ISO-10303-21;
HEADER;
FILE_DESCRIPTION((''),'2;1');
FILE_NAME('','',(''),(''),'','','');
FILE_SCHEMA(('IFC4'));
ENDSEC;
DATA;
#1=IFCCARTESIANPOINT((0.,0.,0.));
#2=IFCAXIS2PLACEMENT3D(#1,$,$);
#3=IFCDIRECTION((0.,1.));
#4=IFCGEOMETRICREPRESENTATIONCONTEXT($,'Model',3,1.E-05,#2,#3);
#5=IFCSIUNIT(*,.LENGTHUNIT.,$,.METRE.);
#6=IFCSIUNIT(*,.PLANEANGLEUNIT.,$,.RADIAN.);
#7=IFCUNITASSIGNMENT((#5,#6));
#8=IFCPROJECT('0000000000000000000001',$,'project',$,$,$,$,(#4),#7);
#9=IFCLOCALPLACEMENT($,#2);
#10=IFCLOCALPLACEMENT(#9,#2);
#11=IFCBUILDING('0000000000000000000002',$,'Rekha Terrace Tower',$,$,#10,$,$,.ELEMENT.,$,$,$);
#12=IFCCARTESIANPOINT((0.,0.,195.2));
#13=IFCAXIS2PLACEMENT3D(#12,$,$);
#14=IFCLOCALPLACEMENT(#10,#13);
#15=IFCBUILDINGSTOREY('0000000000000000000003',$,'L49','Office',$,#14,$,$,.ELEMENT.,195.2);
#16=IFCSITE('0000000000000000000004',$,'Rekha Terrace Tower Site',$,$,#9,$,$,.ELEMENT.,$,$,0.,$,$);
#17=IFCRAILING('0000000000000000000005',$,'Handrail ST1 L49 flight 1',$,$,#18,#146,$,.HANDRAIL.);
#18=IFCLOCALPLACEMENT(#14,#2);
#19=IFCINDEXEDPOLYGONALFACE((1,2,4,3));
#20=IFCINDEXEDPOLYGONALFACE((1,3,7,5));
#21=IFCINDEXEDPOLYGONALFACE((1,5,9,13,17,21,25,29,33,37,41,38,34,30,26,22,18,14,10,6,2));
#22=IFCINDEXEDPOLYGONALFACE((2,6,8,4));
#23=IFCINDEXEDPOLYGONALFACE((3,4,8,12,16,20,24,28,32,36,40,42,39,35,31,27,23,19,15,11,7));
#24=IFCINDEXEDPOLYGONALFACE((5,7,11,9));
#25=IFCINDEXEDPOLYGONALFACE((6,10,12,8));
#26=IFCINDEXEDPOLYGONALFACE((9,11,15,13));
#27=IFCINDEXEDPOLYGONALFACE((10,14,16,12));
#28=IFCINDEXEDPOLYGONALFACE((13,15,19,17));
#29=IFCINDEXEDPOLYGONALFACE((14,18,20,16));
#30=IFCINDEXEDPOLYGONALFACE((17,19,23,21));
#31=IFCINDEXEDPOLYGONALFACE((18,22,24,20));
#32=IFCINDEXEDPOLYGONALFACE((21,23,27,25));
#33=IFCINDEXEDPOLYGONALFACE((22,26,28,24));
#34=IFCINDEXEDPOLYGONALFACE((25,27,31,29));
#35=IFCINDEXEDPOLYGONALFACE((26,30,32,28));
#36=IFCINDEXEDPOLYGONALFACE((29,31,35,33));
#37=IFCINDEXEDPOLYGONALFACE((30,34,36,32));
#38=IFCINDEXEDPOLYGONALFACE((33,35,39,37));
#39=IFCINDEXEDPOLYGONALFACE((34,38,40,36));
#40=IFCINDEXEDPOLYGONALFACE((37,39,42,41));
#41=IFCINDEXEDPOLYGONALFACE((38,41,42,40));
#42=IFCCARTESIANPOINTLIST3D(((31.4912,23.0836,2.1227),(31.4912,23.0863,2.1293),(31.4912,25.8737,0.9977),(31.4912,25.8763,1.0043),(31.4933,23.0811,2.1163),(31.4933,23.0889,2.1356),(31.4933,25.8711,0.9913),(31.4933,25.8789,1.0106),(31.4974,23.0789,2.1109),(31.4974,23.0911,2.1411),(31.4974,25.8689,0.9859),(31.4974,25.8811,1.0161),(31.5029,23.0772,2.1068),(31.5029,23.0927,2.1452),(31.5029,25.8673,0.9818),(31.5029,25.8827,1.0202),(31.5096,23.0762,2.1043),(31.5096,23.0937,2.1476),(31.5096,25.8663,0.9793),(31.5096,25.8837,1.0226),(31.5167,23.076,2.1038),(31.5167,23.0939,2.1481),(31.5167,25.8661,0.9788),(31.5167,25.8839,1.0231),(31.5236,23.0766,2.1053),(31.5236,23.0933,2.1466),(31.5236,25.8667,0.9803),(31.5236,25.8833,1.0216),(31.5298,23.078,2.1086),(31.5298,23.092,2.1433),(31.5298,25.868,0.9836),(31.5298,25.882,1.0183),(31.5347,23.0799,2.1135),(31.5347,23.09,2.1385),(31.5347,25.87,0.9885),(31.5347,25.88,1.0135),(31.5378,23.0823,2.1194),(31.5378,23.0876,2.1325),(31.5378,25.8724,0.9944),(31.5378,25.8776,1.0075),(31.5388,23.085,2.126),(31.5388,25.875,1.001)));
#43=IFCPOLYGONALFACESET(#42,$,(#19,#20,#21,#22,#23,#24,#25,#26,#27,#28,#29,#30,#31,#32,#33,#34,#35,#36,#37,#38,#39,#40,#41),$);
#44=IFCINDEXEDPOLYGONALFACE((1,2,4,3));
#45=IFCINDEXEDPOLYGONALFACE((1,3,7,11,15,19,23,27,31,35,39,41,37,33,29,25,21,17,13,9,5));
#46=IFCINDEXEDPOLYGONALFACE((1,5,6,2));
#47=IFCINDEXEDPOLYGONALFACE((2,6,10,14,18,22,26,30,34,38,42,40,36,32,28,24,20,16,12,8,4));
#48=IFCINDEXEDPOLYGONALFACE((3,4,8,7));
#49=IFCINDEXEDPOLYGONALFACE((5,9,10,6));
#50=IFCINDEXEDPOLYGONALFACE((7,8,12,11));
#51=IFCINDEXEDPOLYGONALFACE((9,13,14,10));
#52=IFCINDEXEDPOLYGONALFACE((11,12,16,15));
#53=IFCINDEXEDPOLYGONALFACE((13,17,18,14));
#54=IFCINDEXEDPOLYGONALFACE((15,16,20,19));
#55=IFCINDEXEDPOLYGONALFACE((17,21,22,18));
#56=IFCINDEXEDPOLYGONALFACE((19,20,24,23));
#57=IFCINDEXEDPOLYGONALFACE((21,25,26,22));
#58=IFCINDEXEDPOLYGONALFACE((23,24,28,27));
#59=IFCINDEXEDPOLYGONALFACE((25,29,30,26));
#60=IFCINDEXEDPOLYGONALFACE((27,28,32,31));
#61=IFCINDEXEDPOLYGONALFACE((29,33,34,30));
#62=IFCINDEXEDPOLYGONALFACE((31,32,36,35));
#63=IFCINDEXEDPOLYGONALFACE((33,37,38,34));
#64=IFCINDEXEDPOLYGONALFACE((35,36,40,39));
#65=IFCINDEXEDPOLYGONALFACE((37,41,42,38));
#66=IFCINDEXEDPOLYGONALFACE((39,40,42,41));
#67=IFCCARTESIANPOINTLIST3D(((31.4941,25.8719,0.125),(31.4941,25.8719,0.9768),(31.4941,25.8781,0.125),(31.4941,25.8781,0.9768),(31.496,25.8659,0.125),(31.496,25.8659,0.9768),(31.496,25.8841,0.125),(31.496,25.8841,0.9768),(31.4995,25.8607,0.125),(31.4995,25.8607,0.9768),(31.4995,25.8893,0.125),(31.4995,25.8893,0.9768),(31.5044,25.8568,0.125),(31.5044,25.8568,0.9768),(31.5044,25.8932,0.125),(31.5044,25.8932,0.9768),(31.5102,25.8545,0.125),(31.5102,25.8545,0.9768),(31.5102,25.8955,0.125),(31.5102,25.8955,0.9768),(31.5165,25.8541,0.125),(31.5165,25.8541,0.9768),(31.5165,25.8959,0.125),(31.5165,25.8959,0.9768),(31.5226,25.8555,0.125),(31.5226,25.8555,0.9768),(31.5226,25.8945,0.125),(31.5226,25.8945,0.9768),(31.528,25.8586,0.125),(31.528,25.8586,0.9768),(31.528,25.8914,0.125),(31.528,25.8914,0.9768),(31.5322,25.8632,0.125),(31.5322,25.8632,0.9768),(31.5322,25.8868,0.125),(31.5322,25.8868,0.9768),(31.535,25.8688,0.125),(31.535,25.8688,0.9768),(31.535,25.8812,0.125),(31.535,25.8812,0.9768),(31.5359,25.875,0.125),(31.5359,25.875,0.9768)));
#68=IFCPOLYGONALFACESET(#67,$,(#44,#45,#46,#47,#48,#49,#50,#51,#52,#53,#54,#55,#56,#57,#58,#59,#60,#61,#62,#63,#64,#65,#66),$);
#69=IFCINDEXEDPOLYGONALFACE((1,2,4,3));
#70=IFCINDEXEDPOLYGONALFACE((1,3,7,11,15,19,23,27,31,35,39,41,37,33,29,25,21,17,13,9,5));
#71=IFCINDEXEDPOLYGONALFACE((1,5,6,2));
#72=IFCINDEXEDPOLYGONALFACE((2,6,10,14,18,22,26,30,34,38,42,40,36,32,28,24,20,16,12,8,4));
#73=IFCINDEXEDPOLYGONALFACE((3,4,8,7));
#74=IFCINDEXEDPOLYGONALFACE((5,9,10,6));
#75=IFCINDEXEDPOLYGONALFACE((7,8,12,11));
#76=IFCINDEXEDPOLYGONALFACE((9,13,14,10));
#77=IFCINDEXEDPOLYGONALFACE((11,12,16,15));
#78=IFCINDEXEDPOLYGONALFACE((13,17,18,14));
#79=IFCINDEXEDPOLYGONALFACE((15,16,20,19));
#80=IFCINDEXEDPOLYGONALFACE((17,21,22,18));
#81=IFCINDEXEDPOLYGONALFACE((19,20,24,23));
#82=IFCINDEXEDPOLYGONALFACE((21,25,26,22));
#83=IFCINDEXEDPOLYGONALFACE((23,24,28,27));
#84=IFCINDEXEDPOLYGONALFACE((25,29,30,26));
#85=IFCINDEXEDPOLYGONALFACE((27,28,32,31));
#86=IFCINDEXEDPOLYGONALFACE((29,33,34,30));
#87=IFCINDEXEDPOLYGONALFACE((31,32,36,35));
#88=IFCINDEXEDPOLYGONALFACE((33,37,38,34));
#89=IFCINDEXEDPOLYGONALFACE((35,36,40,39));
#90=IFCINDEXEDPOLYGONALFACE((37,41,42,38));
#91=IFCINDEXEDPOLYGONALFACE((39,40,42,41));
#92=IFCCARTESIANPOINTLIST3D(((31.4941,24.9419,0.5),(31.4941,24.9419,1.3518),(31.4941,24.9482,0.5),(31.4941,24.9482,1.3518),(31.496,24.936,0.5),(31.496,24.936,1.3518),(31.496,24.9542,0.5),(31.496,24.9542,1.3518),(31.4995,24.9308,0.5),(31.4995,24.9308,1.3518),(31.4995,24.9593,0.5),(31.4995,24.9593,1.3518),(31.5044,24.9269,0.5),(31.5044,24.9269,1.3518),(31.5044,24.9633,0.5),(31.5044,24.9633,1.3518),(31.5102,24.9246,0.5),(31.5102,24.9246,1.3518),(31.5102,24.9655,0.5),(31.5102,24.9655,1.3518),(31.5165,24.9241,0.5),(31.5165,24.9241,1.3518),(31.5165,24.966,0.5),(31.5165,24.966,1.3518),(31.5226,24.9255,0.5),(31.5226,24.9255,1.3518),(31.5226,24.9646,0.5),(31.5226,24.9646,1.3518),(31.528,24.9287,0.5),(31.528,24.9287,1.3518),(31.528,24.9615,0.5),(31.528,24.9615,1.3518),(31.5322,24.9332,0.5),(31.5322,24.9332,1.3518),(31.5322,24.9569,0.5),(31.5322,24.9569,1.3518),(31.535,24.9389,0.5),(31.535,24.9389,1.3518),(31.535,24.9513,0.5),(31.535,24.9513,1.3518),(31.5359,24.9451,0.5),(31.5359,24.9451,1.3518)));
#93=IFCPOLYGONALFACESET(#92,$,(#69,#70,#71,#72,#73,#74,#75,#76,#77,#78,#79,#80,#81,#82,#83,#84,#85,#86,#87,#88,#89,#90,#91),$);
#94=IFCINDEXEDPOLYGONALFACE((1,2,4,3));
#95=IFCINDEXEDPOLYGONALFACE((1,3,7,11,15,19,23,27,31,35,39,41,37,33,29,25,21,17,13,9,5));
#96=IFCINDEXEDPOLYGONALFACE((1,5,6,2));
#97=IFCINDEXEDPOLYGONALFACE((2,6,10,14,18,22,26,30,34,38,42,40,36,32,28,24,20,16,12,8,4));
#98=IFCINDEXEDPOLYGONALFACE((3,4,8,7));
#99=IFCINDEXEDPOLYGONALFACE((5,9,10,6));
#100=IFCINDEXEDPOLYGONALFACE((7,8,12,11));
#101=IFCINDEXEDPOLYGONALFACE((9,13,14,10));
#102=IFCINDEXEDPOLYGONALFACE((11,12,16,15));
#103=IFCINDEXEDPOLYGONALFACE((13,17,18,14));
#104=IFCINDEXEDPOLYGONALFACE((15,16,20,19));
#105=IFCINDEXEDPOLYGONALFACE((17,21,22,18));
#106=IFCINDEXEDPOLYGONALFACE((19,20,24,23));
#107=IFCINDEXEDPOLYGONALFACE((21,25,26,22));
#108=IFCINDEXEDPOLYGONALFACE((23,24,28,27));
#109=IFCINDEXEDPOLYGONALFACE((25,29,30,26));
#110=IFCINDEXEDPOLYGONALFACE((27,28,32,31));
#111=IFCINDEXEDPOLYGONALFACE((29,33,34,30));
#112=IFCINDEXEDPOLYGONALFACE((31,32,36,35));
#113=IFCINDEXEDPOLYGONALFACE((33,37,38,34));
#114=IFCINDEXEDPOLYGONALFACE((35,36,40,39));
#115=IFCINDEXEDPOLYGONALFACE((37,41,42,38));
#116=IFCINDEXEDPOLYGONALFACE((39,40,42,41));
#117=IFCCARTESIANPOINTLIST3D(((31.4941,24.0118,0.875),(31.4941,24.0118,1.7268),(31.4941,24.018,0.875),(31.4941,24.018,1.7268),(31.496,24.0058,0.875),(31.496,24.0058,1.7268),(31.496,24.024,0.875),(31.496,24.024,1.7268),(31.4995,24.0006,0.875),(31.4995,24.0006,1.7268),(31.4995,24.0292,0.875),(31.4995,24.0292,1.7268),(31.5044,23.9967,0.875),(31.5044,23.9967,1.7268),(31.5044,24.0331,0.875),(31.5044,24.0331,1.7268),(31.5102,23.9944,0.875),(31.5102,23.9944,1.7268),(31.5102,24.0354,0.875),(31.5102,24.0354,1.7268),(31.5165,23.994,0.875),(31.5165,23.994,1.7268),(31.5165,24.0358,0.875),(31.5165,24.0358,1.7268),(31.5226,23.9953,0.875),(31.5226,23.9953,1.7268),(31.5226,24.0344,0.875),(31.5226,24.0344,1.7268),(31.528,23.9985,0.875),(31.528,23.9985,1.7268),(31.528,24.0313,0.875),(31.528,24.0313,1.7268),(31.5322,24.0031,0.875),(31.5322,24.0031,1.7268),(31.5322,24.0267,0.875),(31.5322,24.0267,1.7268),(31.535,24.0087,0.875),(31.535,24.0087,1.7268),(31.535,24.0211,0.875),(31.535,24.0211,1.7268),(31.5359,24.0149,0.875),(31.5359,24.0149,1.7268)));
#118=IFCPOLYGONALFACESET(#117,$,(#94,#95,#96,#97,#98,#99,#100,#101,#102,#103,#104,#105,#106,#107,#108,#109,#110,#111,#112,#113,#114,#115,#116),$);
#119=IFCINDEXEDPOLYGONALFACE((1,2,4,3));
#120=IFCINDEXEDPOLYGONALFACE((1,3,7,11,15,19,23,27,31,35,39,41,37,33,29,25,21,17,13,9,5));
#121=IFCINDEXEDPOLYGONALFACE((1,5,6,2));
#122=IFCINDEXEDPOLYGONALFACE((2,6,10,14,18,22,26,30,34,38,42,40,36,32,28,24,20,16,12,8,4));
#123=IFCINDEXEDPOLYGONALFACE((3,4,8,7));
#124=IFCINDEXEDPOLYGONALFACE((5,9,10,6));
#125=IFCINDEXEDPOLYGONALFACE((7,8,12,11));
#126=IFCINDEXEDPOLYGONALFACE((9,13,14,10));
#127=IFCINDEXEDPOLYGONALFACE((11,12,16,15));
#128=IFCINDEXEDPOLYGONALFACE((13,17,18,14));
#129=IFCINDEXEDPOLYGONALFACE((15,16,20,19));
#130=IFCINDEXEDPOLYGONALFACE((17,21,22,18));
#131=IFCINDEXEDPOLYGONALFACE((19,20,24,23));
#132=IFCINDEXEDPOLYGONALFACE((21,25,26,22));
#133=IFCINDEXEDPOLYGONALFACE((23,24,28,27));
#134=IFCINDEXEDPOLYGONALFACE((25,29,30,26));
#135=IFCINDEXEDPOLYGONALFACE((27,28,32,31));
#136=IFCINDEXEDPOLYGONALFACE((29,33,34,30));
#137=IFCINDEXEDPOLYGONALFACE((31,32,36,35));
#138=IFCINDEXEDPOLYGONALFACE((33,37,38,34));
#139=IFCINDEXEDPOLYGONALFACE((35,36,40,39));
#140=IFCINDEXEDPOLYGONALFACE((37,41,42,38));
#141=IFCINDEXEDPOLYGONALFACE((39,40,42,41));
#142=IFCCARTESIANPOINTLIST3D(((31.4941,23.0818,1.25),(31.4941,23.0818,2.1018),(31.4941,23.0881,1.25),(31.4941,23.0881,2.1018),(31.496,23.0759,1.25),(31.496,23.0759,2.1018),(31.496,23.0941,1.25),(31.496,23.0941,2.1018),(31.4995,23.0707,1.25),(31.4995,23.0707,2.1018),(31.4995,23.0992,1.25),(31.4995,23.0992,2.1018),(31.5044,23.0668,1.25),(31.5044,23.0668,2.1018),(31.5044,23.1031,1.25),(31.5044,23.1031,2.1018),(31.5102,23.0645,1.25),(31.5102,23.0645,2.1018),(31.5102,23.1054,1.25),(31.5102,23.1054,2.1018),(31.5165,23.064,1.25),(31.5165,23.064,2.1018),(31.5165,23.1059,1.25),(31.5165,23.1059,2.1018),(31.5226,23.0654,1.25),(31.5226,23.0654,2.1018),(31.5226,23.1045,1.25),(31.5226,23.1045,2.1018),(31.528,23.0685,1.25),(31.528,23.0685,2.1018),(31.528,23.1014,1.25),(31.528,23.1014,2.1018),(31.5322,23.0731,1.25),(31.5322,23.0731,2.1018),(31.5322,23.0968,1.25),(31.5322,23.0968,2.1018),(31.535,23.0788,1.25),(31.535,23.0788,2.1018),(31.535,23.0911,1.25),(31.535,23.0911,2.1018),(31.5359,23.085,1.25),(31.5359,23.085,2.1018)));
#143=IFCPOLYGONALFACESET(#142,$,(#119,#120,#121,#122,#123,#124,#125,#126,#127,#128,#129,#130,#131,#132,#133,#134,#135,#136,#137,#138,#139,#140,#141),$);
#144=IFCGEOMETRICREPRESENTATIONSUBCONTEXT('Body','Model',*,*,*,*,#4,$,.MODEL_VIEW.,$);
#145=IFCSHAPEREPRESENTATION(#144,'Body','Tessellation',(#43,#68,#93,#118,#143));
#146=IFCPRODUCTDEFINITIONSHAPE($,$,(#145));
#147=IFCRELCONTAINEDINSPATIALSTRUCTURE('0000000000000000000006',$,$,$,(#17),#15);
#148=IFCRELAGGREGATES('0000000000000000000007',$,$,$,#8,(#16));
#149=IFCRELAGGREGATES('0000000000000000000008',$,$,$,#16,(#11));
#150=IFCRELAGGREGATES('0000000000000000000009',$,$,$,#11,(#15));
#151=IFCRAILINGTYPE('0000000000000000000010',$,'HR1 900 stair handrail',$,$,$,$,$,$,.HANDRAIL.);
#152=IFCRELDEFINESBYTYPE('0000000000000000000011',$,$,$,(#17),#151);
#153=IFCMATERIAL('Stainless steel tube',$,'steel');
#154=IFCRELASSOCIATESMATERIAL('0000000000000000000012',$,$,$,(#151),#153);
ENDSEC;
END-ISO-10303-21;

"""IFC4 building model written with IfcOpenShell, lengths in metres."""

from ifc_helpers import new_model, si_unit, direction, frame, origin, origin_2d, place, context, subcontext, project, spatial, circle, extrude, material, type_object, element, save


model = new_model("IFC4")

# Units and contexts
model_context = context("Model", 3, precision=1e-05, world=origin(), true_north=direction((0.0, 1.0)))
body_context = subcontext(model_context, "Body", "Model", "MODEL_VIEW")
ifc_project = project(units=[si_unit("LENGTHUNIT", "METRE"), si_unit("PLANEANGLEUNIT", "RADIAN")], contexts=[model_context])

# Site, building, storey
site_placement = place(None, origin())
site = spatial("IfcSite", under=ifc_project, at=site_placement, Name="Rekha Terrace Tower Site", CompositionType="ELEMENT", RefElevation=0.0)
building_placement = place(site_placement, origin())
building = spatial("IfcBuilding", under=site, at=building_placement, Name="Rekha Terrace Tower", CompositionType="ELEMENT")
storey_placement = place(building_placement, frame((0.0, 0.0, 195.2)))
storey = spatial("IfcBuildingStorey", under=building, at=storey_placement, Name="L49", Description="Office", CompositionType="ELEMENT", Elevation=195.2)

# Railing
ifc_material_1 = material(Name="Stainless steel tube", Category="steel")
railing_type = type_object("IfcRailingType", Name="HR1 900 stair handrail", PredefinedType="HANDRAIL", material=ifc_material_1)
railing_1_placement = place(storey_placement, frame((31.5149, 25.875, 0.125)))
element("IfcRailing", 1, at=railing_1_placement, inside=storey, type_object=railing_type, Name="Handrail ST1 L49 flight 1", PredefinedType="HANDRAIL", context=body_context, shape_type="SweptSolid", body=[
    extrude(circle(Radius=0.0239, at=origin_2d()), frame((0.0, 0.0, 0.876), z_axis=(0.0, -0.927443, 0.373964), x_axis=(1.0, 0.0, 0.0)), (0.0, 0.0, 1.0), 3.0083),
    extrude(circle(Radius=0.021, at=origin_2d()), origin(), (0.0, 0.0, 1.0), 0.8518),
    extrude(circle(Radius=0.021, at=origin_2d()), frame((0.0, -0.9299, 0.375)), (0.0, 0.0, 1.0), 0.8518),
    extrude(circle(Radius=0.021, at=origin_2d()), frame((0.0, -1.8601, 0.75)), (0.0, 0.0, 1.0), 0.8518),
    extrude(circle(Radius=0.021, at=origin_2d()), frame((0.0, -2.79, 1.125)), (0.0, 0.0, 1.0), 0.8518),
])

save(model, "model.ifc")
